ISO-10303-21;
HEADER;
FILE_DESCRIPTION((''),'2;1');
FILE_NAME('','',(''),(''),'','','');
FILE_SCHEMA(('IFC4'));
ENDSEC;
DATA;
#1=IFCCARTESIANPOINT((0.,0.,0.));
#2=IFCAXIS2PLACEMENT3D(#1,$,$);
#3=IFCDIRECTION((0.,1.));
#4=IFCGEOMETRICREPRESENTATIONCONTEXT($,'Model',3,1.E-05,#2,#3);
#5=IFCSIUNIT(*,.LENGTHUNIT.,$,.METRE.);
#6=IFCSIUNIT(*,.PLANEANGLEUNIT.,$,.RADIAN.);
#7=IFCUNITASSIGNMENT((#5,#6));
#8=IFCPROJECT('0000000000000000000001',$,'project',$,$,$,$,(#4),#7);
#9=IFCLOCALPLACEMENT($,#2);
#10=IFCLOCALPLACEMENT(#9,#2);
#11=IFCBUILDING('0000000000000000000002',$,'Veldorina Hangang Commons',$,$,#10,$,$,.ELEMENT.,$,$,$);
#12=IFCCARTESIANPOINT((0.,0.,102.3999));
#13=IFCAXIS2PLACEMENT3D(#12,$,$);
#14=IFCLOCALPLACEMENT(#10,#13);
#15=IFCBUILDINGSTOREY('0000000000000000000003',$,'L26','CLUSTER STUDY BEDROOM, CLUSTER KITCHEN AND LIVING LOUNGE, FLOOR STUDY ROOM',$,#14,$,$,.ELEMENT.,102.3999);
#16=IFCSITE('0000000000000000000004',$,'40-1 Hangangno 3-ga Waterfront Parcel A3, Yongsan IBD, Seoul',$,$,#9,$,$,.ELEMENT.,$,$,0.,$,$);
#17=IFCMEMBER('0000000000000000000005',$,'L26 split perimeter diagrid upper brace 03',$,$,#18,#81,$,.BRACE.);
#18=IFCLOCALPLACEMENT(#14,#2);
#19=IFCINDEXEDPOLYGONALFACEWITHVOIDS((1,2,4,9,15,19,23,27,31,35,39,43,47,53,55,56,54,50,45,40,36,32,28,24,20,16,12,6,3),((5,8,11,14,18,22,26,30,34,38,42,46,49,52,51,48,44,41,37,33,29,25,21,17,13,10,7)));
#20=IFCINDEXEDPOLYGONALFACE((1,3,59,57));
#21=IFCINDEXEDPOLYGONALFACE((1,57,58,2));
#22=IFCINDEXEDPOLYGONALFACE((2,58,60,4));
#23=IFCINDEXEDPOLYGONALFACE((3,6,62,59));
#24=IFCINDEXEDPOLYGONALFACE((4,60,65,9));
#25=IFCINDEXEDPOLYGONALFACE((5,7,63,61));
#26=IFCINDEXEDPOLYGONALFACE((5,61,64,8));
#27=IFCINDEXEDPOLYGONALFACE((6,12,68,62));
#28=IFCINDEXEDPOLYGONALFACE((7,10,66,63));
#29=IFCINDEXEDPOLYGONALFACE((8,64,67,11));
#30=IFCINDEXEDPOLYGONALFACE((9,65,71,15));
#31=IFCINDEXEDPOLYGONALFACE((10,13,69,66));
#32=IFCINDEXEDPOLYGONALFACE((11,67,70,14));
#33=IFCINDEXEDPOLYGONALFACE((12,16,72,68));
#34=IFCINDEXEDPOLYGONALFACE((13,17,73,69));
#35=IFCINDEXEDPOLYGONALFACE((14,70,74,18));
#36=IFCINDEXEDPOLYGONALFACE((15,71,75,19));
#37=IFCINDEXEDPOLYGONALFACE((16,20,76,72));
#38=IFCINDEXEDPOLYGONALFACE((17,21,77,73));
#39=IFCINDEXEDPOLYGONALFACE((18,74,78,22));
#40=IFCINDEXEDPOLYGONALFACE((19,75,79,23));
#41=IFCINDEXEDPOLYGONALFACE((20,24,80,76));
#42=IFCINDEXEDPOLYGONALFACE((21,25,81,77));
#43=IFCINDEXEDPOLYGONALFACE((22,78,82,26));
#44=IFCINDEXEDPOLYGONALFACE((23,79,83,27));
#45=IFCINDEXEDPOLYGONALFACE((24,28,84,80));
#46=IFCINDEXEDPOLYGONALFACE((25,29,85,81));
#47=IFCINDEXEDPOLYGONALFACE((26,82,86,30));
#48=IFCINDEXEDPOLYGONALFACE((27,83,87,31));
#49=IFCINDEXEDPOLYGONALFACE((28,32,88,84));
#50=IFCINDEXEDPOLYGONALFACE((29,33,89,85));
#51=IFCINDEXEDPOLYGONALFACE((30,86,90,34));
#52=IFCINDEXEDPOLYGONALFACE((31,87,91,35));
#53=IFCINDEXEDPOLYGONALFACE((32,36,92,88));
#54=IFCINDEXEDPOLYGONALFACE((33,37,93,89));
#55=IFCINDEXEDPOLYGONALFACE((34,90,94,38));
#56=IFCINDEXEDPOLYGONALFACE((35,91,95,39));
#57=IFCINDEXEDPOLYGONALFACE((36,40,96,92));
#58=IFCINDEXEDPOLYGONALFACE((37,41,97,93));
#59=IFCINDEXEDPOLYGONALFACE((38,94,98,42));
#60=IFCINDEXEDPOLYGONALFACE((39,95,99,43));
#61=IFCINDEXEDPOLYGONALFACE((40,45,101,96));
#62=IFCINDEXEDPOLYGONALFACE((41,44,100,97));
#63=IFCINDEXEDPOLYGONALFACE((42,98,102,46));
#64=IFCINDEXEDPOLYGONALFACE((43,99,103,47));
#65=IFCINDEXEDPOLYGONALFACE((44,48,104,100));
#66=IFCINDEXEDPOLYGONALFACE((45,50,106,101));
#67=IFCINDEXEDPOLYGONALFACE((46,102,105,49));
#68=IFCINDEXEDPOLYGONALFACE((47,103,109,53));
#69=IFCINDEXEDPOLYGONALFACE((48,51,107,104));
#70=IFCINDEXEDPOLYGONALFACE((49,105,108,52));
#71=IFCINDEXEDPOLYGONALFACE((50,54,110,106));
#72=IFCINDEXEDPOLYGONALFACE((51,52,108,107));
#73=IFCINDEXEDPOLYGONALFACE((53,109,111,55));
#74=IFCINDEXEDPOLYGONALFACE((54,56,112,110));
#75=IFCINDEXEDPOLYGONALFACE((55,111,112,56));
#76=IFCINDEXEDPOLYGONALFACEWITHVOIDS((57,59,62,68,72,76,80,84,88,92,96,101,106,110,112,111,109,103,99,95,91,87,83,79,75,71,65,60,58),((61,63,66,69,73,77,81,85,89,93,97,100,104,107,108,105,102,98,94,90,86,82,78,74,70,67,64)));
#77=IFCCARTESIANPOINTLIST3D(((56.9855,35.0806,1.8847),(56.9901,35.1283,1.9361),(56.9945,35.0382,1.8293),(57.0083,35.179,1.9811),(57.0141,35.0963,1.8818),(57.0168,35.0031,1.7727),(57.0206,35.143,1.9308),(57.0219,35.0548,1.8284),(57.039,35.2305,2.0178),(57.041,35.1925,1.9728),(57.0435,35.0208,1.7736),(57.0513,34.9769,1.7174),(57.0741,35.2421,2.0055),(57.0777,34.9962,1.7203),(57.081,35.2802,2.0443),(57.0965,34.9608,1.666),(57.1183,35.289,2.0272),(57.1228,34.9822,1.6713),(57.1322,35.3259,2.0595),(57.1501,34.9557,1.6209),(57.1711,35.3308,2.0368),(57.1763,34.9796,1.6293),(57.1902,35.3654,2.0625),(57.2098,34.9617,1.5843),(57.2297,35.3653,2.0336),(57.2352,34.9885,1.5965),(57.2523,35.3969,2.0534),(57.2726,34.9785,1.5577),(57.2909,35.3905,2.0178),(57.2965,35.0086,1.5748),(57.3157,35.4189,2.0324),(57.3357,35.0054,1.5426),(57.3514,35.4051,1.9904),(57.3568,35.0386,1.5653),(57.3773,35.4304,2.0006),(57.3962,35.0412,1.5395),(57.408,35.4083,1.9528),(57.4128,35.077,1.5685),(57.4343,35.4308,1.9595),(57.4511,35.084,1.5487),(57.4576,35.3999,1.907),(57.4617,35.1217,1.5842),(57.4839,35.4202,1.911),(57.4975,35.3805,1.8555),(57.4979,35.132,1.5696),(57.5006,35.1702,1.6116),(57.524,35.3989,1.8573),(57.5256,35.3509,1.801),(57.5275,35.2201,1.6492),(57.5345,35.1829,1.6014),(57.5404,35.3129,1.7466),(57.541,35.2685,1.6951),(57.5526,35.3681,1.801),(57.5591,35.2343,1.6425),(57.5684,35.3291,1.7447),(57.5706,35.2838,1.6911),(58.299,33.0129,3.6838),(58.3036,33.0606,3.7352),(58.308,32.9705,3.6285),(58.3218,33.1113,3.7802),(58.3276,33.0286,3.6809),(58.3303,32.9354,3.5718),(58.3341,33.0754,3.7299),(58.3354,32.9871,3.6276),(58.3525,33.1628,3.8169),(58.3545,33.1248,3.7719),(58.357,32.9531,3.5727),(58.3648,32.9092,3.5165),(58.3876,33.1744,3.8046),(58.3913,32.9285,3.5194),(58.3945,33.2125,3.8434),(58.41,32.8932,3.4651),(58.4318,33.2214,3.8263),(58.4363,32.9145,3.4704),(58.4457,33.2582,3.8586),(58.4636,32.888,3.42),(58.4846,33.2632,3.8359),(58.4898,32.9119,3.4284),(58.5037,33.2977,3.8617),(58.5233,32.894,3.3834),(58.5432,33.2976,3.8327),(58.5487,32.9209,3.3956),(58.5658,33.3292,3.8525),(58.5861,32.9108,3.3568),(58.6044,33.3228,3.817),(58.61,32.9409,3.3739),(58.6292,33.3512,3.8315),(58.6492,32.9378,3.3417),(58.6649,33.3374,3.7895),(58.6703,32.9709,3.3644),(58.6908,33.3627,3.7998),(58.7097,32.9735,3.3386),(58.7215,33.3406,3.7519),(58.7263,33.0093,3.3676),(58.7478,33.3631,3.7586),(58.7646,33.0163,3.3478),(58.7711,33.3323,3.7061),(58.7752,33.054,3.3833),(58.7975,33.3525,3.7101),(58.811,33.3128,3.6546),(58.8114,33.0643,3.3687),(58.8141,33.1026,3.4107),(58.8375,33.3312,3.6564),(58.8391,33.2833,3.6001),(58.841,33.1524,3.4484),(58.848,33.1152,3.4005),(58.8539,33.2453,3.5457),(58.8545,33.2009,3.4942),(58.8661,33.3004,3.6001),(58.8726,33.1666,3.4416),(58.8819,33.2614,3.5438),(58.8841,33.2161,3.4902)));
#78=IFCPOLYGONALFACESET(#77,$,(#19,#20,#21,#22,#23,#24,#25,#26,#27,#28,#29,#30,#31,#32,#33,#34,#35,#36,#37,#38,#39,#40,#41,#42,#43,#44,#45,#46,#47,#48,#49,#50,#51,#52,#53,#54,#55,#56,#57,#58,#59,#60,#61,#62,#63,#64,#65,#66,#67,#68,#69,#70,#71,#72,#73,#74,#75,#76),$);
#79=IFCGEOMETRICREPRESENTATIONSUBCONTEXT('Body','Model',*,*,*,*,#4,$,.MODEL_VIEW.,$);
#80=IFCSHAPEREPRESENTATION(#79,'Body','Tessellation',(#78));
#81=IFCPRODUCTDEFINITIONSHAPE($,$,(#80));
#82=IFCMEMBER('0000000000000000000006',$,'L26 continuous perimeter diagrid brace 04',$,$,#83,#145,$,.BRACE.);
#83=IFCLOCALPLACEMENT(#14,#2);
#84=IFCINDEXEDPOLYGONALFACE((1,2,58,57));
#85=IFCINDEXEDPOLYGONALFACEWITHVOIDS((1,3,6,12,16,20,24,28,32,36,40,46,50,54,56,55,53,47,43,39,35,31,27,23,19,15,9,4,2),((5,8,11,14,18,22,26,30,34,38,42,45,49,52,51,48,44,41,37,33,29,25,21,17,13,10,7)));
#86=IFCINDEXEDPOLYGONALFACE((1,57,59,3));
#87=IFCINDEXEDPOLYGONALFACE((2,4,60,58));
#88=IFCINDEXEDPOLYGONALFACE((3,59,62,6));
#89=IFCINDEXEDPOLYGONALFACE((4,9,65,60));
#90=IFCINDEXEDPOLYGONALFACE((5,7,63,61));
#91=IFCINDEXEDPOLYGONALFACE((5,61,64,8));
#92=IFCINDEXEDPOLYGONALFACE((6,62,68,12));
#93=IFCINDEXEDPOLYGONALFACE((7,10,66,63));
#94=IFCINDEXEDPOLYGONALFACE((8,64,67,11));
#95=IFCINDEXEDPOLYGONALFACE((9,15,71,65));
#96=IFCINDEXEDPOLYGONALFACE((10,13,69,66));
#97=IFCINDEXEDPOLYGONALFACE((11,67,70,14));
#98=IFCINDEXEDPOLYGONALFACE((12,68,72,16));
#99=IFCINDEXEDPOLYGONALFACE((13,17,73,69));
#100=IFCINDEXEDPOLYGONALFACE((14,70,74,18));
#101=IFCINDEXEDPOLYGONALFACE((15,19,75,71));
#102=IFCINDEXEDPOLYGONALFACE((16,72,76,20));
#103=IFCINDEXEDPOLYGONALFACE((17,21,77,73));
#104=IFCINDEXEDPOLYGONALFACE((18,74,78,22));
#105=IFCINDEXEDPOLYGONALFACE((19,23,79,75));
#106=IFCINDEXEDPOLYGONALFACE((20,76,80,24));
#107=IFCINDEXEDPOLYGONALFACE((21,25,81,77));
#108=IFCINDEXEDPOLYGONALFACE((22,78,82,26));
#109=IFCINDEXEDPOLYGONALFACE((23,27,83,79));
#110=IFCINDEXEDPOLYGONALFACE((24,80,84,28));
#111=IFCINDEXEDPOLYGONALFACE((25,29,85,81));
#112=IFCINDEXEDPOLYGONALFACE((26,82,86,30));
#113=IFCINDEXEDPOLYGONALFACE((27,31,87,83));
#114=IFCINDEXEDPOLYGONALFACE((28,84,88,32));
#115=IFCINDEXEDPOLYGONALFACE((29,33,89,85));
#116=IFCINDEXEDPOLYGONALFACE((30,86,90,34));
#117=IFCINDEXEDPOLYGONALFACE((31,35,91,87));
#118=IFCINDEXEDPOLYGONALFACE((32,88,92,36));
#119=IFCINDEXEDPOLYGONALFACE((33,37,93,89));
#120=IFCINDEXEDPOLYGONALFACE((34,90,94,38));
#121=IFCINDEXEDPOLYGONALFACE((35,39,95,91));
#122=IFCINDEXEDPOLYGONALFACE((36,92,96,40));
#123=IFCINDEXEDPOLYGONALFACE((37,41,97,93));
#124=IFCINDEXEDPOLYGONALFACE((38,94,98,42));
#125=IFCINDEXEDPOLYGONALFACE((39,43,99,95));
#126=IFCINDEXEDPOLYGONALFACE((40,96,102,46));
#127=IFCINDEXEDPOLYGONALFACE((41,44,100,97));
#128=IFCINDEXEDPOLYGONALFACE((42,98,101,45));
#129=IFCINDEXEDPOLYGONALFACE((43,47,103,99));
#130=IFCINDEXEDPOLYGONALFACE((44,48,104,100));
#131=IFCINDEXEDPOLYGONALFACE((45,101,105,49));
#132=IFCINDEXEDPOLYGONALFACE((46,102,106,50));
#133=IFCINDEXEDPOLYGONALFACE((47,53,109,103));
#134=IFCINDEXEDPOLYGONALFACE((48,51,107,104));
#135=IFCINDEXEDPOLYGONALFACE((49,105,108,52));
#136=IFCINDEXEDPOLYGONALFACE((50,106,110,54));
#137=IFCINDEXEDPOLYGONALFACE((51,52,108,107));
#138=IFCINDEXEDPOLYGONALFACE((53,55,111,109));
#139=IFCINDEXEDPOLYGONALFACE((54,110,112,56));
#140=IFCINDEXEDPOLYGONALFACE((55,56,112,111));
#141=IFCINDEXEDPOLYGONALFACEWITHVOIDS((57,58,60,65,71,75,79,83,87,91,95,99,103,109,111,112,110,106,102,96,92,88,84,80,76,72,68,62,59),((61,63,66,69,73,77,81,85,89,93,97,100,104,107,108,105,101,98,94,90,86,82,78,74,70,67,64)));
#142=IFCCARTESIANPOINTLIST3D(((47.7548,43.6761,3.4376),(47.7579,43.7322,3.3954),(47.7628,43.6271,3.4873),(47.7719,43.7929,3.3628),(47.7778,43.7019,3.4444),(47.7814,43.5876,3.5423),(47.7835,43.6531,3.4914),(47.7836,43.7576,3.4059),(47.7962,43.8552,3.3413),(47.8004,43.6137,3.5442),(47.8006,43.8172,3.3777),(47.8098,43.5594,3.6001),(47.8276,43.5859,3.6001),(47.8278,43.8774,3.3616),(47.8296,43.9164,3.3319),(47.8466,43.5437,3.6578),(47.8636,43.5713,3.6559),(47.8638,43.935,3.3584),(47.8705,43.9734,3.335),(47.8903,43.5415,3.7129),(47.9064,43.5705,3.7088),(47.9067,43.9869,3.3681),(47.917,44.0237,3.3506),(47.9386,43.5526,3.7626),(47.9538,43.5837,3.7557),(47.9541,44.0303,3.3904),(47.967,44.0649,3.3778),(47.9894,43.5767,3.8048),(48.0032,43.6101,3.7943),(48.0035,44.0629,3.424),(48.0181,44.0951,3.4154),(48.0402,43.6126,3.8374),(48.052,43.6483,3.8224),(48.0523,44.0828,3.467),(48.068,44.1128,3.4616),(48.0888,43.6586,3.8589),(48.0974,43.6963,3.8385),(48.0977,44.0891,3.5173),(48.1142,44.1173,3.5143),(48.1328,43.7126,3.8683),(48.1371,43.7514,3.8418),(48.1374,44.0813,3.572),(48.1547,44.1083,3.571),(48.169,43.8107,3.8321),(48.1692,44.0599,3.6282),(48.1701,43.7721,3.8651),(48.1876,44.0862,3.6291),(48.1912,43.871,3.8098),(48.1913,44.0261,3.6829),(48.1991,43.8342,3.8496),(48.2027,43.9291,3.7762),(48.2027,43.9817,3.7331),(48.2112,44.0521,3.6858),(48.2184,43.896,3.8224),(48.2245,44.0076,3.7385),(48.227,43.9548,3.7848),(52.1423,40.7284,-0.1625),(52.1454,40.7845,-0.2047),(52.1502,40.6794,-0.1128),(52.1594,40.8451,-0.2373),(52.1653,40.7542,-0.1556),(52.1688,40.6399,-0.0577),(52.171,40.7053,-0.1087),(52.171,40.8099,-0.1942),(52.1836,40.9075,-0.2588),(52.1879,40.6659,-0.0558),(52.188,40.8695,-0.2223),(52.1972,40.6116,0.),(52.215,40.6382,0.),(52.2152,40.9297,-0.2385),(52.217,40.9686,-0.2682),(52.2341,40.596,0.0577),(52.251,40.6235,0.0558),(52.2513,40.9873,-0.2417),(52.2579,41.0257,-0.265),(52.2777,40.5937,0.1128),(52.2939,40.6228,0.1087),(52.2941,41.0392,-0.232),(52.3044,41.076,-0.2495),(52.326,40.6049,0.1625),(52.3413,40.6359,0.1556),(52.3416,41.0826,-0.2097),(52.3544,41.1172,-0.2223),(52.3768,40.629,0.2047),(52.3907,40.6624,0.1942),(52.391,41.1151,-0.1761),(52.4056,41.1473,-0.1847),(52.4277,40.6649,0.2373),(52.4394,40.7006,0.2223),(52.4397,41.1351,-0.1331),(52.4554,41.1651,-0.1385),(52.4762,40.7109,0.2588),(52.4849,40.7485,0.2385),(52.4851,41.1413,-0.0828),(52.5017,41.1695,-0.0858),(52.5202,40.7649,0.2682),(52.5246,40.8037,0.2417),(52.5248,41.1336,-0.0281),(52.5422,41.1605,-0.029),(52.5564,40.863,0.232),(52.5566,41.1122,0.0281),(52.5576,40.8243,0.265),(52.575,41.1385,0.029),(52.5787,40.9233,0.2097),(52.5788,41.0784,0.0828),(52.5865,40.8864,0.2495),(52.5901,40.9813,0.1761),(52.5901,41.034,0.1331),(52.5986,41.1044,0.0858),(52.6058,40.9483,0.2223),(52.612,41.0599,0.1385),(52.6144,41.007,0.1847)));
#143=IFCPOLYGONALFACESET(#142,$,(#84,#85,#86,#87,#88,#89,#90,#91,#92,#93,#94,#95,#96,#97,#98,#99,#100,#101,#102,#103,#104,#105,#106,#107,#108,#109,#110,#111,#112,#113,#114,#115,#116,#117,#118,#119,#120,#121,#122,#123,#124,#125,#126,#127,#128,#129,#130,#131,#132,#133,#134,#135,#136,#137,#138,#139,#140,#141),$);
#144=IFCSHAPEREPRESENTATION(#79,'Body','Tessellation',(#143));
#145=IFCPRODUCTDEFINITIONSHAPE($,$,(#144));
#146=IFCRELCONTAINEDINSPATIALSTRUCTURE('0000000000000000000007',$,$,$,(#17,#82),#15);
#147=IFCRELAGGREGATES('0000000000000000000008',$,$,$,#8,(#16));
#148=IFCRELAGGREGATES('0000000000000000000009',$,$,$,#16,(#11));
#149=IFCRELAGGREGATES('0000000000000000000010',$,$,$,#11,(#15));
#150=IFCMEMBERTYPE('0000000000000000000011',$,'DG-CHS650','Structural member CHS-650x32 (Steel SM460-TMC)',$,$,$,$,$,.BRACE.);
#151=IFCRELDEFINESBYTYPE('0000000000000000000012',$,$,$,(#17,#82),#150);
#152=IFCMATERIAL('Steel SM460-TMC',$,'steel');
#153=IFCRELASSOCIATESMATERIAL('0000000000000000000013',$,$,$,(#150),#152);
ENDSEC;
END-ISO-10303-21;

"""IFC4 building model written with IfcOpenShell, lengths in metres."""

from ifc_helpers import new_model, si_unit, direction, frame, origin, origin_2d, place, context, subcontext, project, spatial, hollow_circle, extrude, material, material_profile, profile_set, type_object, element, save


model = new_model("IFC4")

# Units and contexts
model_context = context("Model", 3, precision=1e-05, world=origin(), true_north=direction((0.0, 1.0)))
body_context = subcontext(model_context, "Body", "Model", "MODEL_VIEW")
ifc_project = project(units=[si_unit("LENGTHUNIT", "METRE"), si_unit("PLANEANGLEUNIT", "RADIAN")], contexts=[model_context])

# Site, building, storey
site_placement = place(None, origin())
site = spatial("IfcSite", under=ifc_project, at=site_placement, Name="40-1 Hangangno 3-ga Waterfront Parcel A3, Yongsan IBD, Seoul", CompositionType="ELEMENT", RefElevation=0.0)
building_placement = place(site_placement, origin())
building = spatial("IfcBuilding", under=site, at=building_placement, Name="Veldorina Hangang Commons", CompositionType="ELEMENT")
storey_placement = place(building_placement, frame((0.0, 0.0, 102.3999)))
storey = spatial("IfcBuildingStorey", under=building, at=storey_placement, Name="L26", Description="CLUSTER STUDY BEDROOM, CLUSTER KITCHEN AND LIVING LOUNGE, FLOOR STUDY ROOM", CompositionType="ELEMENT", Elevation=102.3999)

# Members
ifc_material_1 = material(Name="Steel SM460-TMC", Category="steel")
ifc_material_profile_1 = material_profile(ifc_material_1, hollow_circle(Radius=0.325, WallThickness=0.032, at=origin_2d()), Name="CHS-650x32")
ifc_profile_set_1 = profile_set([ifc_material_profile_1], Name="Steel SM460-TMC")
member_type_1 = type_object("IfcMemberType", Name="DG-CHS650", Description="Structural member CHS-650x32 (Steel SM460-TMC)", PredefinedType="BRACE", material=ifc_profile_set_1)
member_1_placement = place(storey_placement, frame((57.2783, 35.1938, 1.801), z_axis=(0.432173, -0.680311, 0.591949), x_axis=(0.844084, 0.536211, 0.0)))
element("IfcMember", 1, at=member_1_placement, inside=storey, type_object=member_type_1, Name="L26 split perimeter diagrid upper brace 03", PredefinedType="BRACE", context=body_context, shape_type="SweptSolid", body=[
    extrude(hollow_circle(Radius=0.325, WallThickness=0.032, at=origin_2d()), origin(), (0.0, 0.0, 1.0), 3.0393),
])
member_2_placement = place(storey_placement, frame((52.3784, 40.8813, 0.0), z_axis=(-0.686045, 0.460926, 0.56293), x_axis=(-0.557681, -0.830055, 0.0)))
element("IfcMember", 2, at=member_2_placement, inside=storey, type_object=member_type_1, Name="L26 continuous perimeter diagrid brace 04", PredefinedType="BRACE", context=body_context, shape_type="SweptSolid", body=[
    extrude(hollow_circle(Radius=0.325, WallThickness=0.032, at=origin_2d()), origin(), (0.0, 0.0, 1.0), 6.3953),
])

save(model, "model.ifc")
